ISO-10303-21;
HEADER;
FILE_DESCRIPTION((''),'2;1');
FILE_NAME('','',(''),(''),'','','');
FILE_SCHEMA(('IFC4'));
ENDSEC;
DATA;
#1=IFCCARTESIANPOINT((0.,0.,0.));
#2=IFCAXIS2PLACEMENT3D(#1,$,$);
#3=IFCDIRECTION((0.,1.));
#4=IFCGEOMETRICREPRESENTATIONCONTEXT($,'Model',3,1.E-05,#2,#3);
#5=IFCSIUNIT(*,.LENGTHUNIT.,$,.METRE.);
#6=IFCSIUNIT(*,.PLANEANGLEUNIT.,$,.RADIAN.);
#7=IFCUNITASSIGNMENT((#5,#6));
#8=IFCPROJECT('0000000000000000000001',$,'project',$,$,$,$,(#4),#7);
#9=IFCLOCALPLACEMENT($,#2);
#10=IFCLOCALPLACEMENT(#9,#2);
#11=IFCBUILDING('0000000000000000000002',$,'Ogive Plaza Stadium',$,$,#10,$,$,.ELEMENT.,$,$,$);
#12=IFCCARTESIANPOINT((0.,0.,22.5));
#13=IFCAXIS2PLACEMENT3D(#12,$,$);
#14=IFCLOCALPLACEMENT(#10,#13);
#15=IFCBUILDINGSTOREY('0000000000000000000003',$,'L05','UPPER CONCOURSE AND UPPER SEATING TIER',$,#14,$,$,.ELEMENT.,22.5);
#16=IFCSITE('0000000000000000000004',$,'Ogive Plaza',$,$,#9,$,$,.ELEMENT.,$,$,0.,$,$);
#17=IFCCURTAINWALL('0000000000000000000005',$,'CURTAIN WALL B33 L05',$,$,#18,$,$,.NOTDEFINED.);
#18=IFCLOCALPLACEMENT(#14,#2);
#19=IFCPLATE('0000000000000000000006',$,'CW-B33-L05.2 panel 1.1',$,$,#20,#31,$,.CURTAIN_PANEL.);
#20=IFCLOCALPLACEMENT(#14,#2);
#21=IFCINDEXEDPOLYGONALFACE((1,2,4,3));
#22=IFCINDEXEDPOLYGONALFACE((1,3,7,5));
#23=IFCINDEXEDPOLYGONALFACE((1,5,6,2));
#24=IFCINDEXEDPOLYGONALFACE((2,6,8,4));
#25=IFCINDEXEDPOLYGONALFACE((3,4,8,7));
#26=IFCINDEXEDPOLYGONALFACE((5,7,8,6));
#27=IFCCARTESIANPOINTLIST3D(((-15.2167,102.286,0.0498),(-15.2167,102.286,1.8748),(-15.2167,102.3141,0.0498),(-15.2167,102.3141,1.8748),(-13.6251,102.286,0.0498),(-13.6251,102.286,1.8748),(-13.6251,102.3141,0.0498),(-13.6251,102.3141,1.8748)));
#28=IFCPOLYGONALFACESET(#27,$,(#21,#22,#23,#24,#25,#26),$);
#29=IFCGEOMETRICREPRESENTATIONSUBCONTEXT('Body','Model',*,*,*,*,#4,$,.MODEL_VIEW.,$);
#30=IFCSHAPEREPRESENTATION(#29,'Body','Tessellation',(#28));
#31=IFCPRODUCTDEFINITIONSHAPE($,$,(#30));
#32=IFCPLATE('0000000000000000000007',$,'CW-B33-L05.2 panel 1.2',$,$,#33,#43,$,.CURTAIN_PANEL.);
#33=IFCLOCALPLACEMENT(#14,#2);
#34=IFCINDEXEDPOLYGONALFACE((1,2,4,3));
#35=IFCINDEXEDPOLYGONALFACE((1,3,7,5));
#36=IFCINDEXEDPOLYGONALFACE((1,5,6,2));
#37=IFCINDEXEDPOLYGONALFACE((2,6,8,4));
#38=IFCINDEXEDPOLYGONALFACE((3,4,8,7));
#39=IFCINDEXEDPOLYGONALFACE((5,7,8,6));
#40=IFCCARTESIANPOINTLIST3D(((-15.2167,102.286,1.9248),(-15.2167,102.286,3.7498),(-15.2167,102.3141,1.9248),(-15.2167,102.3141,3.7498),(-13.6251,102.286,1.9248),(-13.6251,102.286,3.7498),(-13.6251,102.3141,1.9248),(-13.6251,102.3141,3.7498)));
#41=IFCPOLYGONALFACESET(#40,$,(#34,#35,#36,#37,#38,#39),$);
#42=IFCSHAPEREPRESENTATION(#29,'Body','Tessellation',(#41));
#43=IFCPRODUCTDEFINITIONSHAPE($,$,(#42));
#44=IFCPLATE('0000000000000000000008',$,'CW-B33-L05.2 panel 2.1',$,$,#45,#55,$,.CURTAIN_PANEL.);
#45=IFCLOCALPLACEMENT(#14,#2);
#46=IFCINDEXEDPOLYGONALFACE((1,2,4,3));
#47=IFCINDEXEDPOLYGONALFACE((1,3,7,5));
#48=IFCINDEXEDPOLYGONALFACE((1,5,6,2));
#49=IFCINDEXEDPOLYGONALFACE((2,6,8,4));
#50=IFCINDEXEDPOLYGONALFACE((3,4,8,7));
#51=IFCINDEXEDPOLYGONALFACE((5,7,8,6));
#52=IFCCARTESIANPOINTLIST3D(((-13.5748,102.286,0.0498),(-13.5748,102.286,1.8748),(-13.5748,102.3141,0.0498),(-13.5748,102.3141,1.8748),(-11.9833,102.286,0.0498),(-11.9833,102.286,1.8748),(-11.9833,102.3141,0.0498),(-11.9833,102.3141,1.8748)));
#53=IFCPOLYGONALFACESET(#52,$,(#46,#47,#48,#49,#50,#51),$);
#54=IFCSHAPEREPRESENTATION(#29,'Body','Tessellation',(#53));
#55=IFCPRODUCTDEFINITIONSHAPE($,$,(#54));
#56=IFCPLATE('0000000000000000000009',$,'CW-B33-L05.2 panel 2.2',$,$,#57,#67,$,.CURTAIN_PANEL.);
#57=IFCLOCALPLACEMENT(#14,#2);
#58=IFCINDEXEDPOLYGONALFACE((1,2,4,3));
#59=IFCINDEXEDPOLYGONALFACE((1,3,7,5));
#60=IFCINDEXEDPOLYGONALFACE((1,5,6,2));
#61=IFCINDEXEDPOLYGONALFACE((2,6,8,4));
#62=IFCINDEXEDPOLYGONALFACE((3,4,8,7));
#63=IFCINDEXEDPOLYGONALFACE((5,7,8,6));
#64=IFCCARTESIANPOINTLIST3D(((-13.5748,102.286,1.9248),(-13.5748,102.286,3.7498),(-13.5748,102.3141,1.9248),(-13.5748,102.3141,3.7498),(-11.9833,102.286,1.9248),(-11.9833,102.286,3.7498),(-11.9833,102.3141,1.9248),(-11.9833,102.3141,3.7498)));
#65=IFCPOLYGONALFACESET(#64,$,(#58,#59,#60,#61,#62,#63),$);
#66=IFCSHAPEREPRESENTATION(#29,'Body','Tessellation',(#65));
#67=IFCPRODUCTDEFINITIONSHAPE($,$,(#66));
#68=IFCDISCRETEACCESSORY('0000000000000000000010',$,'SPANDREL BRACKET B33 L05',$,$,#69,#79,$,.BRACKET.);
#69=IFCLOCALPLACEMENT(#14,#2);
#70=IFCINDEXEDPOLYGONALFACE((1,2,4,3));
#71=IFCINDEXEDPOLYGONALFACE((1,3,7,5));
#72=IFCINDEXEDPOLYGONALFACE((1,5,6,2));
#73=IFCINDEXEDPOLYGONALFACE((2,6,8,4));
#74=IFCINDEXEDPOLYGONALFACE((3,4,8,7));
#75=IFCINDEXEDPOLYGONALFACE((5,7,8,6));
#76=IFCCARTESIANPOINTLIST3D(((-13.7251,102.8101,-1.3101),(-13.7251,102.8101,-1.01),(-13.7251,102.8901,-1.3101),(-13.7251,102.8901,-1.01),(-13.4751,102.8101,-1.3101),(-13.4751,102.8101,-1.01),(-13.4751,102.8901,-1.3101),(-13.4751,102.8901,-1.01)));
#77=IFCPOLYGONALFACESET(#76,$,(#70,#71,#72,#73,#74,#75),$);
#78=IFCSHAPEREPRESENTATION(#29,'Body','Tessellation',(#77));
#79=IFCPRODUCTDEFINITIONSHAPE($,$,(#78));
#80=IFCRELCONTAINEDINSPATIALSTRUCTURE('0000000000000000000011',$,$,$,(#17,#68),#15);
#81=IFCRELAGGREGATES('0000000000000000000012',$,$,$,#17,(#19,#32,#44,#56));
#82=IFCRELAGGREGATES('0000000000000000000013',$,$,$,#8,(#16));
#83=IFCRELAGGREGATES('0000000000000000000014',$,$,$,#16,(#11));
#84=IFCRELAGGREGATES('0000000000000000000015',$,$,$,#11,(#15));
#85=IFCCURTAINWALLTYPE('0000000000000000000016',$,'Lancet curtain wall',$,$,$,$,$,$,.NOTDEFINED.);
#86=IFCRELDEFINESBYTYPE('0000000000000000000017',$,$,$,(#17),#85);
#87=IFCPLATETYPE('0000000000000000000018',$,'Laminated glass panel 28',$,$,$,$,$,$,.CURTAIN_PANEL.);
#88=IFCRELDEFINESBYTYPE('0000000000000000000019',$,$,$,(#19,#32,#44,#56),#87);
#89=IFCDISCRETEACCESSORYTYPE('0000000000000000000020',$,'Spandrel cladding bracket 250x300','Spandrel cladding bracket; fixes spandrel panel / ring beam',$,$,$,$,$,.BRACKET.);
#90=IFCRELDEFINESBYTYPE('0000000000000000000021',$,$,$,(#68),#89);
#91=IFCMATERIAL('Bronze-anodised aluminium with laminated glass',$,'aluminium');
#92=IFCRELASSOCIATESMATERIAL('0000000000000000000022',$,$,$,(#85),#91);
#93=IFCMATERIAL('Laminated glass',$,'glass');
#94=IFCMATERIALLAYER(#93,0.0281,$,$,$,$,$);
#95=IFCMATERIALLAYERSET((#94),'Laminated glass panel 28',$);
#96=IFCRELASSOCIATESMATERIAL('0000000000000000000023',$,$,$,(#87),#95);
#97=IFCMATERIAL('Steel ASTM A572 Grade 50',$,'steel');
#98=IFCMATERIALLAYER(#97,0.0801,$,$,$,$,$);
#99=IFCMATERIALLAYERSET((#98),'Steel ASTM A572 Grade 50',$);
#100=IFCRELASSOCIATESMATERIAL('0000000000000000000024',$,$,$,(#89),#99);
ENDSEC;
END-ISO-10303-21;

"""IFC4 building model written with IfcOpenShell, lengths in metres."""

from ifc_helpers import new_model, si_unit, direction, frame, origin, origin_2d, place, context, subcontext, project, spatial, rectangle, extrude, material, layer, layer_set, type_object, element, aggregate, save


model = new_model("IFC4")

# Units and contexts
model_context = context("Model", 3, precision=1e-05, world=origin(), true_north=direction((0.0, 1.0)))
body_context = subcontext(model_context, "Body", "Model", "MODEL_VIEW")
ifc_project = project(units=[si_unit("LENGTHUNIT", "METRE"), si_unit("PLANEANGLEUNIT", "RADIAN")], contexts=[model_context])

# Site, building, storey
site_placement = place(None, origin())
site = spatial("IfcSite", under=ifc_project, at=site_placement, Name="Ogive Plaza", CompositionType="ELEMENT", RefElevation=0.0)
building_placement = place(site_placement, origin())
building = spatial("IfcBuilding", under=site, at=building_placement, Name="Ogive Plaza Stadium", CompositionType="ELEMENT")
storey_placement = place(building_placement, frame((0.0, 0.0, 22.5)))
storey = spatial("IfcBuildingStorey", under=building, at=storey_placement, Name="L05", Description="UPPER CONCOURSE AND UPPER SEATING TIER", CompositionType="ELEMENT", Elevation=22.5)

# Shared definitions
ifc_material_1 = material(Name="Bronze-anodised aluminium with laminated glass", Category="aluminium")
curtain_wall_type = type_object("IfcCurtainWallType", Name="Lancet curtain wall", PredefinedType="NOTDEFINED", material=ifc_material_1)

# Curtain wall
curtain_wall_1_placement = place(storey_placement, origin())
curtain_wall_1 = element("IfcCurtainWall", 1, at=curtain_wall_1_placement, inside=storey, type_object=curtain_wall_type, Name="CURTAIN WALL B33 L05", PredefinedType="NOTDEFINED")

# Plates
ifc_material_2 = material(Name="Laminated glass", Category="glass")
ifc_layer_1 = layer(ifc_material_2, 0.0281)
ifc_layer_set_1 = layer_set([ifc_layer_1], Name="Laminated glass panel 28")
plate_type = type_object("IfcPlateType", Name="Laminated glass panel 28", PredefinedType="CURTAIN_PANEL", material=ifc_layer_set_1)
plate_1_placement = place(storey_placement, frame((-14.4209, 102.3, 0.0498), z_axis=(0.0, 0.0, 1.0), x_axis=(1.0, 0.0, 0.0)))
plate_1 = element("IfcPlate", 2, at=plate_1_placement, type_object=plate_type, Name="CW-B33-L05.2 panel 1.1", PredefinedType="CURTAIN_PANEL", context=body_context, shape_type="SweptSolid", body=[
    extrude(rectangle(XDim=1.5916, YDim=0.0281, at=origin_2d()), origin(), (0.0, 0.0, 1.0), 1.825),
])
plate_2_placement = place(storey_placement, frame((-14.4209, 102.3, 1.9248), z_axis=(0.0, 0.0, 1.0), x_axis=(1.0, 0.0, 0.0)))
plate_2 = element("IfcPlate", 3, at=plate_2_placement, type_object=plate_type, Name="CW-B33-L05.2 panel 1.2", PredefinedType="CURTAIN_PANEL", context=body_context, shape_type="SweptSolid", body=[
    extrude(rectangle(XDim=1.5916, YDim=0.0281, at=origin_2d()), origin(), (0.0, 0.0, 1.0), 1.825),
])
plate_3_placement = place(storey_placement, frame((-12.7791, 102.3, 0.0498), z_axis=(0.0, 0.0, 1.0), x_axis=(1.0, 0.0, 0.0)))
plate_3 = element("IfcPlate", 4, at=plate_3_placement, type_object=plate_type, Name="CW-B33-L05.2 panel 2.1", PredefinedType="CURTAIN_PANEL", context=body_context, shape_type="SweptSolid", body=[
    extrude(rectangle(XDim=1.5916, YDim=0.0281, at=origin_2d()), origin(), (0.0, 0.0, 1.0), 1.825),
])
plate_4_placement = place(storey_placement, frame((-12.7791, 102.3, 1.9248), z_axis=(0.0, 0.0, 1.0), x_axis=(1.0, 0.0, 0.0)))
plate_4 = element("IfcPlate", 5, at=plate_4_placement, type_object=plate_type, Name="CW-B33-L05.2 panel 2.2", PredefinedType="CURTAIN_PANEL", context=body_context, shape_type="SweptSolid", body=[
    extrude(rectangle(XDim=1.5916, YDim=0.0281, at=origin_2d()), origin(), (0.0, 0.0, 1.0), 1.825),
])
aggregate(curtain_wall_1, [plate_1, plate_2, plate_3, plate_4])

# Discrete accessory
ifc_material_3 = material(Name="Steel ASTM A572 Grade 50", Category="steel")
ifc_layer_2 = layer(ifc_material_3, 0.0801)
ifc_layer_set_2 = layer_set([ifc_layer_2], Name="Steel ASTM A572 Grade 50")
discrete_accessory_type = type_object("IfcDiscreteAccessoryType", Name="Spandrel cladding bracket 250x300", Description="Spandrel cladding bracket; fixes spandrel panel / ring beam", PredefinedType="BRACKET", material=ifc_layer_set_2)
discrete_accessory_placement = place(storey_placement, frame((-13.6001, 102.8501, -1.3101), z_axis=(0.0, 0.0, 1.0), x_axis=(1.0, 0.0, 0.0)))
element("IfcDiscreteAccessory", 6, at=discrete_accessory_placement, inside=storey, type_object=discrete_accessory_type, Name="SPANDREL BRACKET B33 L05", PredefinedType="BRACKET", context=body_context, shape_type="SweptSolid", body=[
    extrude(rectangle(XDim=0.25, YDim=0.0801, at=origin_2d()), origin(), (0.0, 0.0, 1.0), 0.3),
])

save(model, "model.ifc")
